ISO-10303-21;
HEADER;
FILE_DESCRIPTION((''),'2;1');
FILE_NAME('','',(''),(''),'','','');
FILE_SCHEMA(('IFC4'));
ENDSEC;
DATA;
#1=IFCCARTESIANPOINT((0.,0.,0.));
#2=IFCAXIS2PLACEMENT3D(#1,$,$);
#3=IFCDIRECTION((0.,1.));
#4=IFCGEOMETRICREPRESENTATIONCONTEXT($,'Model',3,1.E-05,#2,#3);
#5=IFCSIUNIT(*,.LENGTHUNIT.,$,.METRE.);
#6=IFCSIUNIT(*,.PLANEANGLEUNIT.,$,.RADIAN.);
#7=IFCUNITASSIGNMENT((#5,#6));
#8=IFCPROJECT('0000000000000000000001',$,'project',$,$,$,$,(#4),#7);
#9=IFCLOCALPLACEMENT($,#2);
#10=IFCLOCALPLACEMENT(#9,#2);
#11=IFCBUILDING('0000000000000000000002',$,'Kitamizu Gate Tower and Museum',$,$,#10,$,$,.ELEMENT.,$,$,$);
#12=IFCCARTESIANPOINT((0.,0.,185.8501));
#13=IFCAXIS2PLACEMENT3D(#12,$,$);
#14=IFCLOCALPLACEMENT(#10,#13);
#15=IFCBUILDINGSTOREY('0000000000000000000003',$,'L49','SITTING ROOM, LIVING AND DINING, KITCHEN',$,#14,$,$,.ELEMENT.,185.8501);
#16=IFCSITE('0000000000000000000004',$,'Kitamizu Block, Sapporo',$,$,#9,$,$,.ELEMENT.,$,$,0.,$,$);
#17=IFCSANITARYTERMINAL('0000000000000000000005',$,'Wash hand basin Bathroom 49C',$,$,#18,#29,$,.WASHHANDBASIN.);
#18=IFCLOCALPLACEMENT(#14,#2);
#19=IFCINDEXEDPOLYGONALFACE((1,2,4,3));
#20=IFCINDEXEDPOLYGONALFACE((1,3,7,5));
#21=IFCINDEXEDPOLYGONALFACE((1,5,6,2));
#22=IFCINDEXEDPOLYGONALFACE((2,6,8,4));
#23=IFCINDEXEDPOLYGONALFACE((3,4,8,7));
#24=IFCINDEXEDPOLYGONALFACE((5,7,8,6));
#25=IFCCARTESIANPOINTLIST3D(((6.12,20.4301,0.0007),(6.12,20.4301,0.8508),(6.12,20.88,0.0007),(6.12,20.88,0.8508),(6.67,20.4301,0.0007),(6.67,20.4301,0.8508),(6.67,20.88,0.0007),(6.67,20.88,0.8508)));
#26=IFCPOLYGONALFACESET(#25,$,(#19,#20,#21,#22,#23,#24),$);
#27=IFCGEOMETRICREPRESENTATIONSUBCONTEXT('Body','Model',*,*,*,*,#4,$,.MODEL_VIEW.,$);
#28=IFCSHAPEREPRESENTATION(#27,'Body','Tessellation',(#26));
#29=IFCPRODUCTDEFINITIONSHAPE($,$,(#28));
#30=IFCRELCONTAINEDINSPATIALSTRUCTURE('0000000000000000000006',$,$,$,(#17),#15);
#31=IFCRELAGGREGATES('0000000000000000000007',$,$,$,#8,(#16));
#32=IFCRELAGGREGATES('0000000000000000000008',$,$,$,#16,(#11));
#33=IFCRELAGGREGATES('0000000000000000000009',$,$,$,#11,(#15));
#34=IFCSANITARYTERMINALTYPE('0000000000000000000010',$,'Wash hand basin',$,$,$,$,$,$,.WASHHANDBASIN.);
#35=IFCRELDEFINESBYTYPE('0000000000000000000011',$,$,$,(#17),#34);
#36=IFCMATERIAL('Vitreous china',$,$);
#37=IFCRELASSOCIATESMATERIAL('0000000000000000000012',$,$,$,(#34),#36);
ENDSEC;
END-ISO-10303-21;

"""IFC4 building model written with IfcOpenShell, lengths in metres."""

from ifc_helpers import new_model, si_unit, direction, frame, origin, origin_2d, place, context, subcontext, project, spatial, rectangle, extrude, material, type_object, element, save


model = new_model("IFC4")

# Units and contexts
model_context = context("Model", 3, precision=1e-05, world=origin(), true_north=direction((0.0, 1.0)))
body_context = subcontext(model_context, "Body", "Model", "MODEL_VIEW")
ifc_project = project(units=[si_unit("LENGTHUNIT", "METRE"), si_unit("PLANEANGLEUNIT", "RADIAN")], contexts=[model_context])

# Site, building, storey
site_placement = place(None, origin())
site = spatial("IfcSite", under=ifc_project, at=site_placement, Name="Kitamizu Block, Sapporo", CompositionType="ELEMENT", RefElevation=0.0)
building_placement = place(site_placement, origin())
building = spatial("IfcBuilding", under=site, at=building_placement, Name="Kitamizu Gate Tower and Museum", CompositionType="ELEMENT")
storey_placement = place(building_placement, frame((0.0, 0.0, 185.8501)))
storey = spatial("IfcBuildingStorey", under=building, at=storey_placement, Name="L49", Description="SITTING ROOM, LIVING AND DINING, KITCHEN", CompositionType="ELEMENT", Elevation=185.8501)

# Sanitary terminal
ifc_material_1 = material(Name="Vitreous china")
sanitary_terminal_type_1 = type_object("IfcSanitaryTerminalType", Name="Wash hand basin", PredefinedType="WASHHANDBASIN", material=ifc_material_1)
sanitary_terminal_1_placement = place(storey_placement, frame((6.395, 20.655, 0.0007), z_axis=(0.0, 0.0, 1.0), x_axis=(1.0, 0.0, 0.0)))
element("IfcSanitaryTerminal", 1, at=sanitary_terminal_1_placement, inside=storey, type_object=sanitary_terminal_type_1, Name="Wash hand basin Bathroom 49C", PredefinedType="WASHHANDBASIN", context=body_context, shape_type="SweptSolid", body=[
    extrude(rectangle(XDim=0.55, YDim=0.45, at=origin_2d()), origin(), (0.0, 0.0, 1.0), 0.8501),
])

save(model, "model.ifc")
